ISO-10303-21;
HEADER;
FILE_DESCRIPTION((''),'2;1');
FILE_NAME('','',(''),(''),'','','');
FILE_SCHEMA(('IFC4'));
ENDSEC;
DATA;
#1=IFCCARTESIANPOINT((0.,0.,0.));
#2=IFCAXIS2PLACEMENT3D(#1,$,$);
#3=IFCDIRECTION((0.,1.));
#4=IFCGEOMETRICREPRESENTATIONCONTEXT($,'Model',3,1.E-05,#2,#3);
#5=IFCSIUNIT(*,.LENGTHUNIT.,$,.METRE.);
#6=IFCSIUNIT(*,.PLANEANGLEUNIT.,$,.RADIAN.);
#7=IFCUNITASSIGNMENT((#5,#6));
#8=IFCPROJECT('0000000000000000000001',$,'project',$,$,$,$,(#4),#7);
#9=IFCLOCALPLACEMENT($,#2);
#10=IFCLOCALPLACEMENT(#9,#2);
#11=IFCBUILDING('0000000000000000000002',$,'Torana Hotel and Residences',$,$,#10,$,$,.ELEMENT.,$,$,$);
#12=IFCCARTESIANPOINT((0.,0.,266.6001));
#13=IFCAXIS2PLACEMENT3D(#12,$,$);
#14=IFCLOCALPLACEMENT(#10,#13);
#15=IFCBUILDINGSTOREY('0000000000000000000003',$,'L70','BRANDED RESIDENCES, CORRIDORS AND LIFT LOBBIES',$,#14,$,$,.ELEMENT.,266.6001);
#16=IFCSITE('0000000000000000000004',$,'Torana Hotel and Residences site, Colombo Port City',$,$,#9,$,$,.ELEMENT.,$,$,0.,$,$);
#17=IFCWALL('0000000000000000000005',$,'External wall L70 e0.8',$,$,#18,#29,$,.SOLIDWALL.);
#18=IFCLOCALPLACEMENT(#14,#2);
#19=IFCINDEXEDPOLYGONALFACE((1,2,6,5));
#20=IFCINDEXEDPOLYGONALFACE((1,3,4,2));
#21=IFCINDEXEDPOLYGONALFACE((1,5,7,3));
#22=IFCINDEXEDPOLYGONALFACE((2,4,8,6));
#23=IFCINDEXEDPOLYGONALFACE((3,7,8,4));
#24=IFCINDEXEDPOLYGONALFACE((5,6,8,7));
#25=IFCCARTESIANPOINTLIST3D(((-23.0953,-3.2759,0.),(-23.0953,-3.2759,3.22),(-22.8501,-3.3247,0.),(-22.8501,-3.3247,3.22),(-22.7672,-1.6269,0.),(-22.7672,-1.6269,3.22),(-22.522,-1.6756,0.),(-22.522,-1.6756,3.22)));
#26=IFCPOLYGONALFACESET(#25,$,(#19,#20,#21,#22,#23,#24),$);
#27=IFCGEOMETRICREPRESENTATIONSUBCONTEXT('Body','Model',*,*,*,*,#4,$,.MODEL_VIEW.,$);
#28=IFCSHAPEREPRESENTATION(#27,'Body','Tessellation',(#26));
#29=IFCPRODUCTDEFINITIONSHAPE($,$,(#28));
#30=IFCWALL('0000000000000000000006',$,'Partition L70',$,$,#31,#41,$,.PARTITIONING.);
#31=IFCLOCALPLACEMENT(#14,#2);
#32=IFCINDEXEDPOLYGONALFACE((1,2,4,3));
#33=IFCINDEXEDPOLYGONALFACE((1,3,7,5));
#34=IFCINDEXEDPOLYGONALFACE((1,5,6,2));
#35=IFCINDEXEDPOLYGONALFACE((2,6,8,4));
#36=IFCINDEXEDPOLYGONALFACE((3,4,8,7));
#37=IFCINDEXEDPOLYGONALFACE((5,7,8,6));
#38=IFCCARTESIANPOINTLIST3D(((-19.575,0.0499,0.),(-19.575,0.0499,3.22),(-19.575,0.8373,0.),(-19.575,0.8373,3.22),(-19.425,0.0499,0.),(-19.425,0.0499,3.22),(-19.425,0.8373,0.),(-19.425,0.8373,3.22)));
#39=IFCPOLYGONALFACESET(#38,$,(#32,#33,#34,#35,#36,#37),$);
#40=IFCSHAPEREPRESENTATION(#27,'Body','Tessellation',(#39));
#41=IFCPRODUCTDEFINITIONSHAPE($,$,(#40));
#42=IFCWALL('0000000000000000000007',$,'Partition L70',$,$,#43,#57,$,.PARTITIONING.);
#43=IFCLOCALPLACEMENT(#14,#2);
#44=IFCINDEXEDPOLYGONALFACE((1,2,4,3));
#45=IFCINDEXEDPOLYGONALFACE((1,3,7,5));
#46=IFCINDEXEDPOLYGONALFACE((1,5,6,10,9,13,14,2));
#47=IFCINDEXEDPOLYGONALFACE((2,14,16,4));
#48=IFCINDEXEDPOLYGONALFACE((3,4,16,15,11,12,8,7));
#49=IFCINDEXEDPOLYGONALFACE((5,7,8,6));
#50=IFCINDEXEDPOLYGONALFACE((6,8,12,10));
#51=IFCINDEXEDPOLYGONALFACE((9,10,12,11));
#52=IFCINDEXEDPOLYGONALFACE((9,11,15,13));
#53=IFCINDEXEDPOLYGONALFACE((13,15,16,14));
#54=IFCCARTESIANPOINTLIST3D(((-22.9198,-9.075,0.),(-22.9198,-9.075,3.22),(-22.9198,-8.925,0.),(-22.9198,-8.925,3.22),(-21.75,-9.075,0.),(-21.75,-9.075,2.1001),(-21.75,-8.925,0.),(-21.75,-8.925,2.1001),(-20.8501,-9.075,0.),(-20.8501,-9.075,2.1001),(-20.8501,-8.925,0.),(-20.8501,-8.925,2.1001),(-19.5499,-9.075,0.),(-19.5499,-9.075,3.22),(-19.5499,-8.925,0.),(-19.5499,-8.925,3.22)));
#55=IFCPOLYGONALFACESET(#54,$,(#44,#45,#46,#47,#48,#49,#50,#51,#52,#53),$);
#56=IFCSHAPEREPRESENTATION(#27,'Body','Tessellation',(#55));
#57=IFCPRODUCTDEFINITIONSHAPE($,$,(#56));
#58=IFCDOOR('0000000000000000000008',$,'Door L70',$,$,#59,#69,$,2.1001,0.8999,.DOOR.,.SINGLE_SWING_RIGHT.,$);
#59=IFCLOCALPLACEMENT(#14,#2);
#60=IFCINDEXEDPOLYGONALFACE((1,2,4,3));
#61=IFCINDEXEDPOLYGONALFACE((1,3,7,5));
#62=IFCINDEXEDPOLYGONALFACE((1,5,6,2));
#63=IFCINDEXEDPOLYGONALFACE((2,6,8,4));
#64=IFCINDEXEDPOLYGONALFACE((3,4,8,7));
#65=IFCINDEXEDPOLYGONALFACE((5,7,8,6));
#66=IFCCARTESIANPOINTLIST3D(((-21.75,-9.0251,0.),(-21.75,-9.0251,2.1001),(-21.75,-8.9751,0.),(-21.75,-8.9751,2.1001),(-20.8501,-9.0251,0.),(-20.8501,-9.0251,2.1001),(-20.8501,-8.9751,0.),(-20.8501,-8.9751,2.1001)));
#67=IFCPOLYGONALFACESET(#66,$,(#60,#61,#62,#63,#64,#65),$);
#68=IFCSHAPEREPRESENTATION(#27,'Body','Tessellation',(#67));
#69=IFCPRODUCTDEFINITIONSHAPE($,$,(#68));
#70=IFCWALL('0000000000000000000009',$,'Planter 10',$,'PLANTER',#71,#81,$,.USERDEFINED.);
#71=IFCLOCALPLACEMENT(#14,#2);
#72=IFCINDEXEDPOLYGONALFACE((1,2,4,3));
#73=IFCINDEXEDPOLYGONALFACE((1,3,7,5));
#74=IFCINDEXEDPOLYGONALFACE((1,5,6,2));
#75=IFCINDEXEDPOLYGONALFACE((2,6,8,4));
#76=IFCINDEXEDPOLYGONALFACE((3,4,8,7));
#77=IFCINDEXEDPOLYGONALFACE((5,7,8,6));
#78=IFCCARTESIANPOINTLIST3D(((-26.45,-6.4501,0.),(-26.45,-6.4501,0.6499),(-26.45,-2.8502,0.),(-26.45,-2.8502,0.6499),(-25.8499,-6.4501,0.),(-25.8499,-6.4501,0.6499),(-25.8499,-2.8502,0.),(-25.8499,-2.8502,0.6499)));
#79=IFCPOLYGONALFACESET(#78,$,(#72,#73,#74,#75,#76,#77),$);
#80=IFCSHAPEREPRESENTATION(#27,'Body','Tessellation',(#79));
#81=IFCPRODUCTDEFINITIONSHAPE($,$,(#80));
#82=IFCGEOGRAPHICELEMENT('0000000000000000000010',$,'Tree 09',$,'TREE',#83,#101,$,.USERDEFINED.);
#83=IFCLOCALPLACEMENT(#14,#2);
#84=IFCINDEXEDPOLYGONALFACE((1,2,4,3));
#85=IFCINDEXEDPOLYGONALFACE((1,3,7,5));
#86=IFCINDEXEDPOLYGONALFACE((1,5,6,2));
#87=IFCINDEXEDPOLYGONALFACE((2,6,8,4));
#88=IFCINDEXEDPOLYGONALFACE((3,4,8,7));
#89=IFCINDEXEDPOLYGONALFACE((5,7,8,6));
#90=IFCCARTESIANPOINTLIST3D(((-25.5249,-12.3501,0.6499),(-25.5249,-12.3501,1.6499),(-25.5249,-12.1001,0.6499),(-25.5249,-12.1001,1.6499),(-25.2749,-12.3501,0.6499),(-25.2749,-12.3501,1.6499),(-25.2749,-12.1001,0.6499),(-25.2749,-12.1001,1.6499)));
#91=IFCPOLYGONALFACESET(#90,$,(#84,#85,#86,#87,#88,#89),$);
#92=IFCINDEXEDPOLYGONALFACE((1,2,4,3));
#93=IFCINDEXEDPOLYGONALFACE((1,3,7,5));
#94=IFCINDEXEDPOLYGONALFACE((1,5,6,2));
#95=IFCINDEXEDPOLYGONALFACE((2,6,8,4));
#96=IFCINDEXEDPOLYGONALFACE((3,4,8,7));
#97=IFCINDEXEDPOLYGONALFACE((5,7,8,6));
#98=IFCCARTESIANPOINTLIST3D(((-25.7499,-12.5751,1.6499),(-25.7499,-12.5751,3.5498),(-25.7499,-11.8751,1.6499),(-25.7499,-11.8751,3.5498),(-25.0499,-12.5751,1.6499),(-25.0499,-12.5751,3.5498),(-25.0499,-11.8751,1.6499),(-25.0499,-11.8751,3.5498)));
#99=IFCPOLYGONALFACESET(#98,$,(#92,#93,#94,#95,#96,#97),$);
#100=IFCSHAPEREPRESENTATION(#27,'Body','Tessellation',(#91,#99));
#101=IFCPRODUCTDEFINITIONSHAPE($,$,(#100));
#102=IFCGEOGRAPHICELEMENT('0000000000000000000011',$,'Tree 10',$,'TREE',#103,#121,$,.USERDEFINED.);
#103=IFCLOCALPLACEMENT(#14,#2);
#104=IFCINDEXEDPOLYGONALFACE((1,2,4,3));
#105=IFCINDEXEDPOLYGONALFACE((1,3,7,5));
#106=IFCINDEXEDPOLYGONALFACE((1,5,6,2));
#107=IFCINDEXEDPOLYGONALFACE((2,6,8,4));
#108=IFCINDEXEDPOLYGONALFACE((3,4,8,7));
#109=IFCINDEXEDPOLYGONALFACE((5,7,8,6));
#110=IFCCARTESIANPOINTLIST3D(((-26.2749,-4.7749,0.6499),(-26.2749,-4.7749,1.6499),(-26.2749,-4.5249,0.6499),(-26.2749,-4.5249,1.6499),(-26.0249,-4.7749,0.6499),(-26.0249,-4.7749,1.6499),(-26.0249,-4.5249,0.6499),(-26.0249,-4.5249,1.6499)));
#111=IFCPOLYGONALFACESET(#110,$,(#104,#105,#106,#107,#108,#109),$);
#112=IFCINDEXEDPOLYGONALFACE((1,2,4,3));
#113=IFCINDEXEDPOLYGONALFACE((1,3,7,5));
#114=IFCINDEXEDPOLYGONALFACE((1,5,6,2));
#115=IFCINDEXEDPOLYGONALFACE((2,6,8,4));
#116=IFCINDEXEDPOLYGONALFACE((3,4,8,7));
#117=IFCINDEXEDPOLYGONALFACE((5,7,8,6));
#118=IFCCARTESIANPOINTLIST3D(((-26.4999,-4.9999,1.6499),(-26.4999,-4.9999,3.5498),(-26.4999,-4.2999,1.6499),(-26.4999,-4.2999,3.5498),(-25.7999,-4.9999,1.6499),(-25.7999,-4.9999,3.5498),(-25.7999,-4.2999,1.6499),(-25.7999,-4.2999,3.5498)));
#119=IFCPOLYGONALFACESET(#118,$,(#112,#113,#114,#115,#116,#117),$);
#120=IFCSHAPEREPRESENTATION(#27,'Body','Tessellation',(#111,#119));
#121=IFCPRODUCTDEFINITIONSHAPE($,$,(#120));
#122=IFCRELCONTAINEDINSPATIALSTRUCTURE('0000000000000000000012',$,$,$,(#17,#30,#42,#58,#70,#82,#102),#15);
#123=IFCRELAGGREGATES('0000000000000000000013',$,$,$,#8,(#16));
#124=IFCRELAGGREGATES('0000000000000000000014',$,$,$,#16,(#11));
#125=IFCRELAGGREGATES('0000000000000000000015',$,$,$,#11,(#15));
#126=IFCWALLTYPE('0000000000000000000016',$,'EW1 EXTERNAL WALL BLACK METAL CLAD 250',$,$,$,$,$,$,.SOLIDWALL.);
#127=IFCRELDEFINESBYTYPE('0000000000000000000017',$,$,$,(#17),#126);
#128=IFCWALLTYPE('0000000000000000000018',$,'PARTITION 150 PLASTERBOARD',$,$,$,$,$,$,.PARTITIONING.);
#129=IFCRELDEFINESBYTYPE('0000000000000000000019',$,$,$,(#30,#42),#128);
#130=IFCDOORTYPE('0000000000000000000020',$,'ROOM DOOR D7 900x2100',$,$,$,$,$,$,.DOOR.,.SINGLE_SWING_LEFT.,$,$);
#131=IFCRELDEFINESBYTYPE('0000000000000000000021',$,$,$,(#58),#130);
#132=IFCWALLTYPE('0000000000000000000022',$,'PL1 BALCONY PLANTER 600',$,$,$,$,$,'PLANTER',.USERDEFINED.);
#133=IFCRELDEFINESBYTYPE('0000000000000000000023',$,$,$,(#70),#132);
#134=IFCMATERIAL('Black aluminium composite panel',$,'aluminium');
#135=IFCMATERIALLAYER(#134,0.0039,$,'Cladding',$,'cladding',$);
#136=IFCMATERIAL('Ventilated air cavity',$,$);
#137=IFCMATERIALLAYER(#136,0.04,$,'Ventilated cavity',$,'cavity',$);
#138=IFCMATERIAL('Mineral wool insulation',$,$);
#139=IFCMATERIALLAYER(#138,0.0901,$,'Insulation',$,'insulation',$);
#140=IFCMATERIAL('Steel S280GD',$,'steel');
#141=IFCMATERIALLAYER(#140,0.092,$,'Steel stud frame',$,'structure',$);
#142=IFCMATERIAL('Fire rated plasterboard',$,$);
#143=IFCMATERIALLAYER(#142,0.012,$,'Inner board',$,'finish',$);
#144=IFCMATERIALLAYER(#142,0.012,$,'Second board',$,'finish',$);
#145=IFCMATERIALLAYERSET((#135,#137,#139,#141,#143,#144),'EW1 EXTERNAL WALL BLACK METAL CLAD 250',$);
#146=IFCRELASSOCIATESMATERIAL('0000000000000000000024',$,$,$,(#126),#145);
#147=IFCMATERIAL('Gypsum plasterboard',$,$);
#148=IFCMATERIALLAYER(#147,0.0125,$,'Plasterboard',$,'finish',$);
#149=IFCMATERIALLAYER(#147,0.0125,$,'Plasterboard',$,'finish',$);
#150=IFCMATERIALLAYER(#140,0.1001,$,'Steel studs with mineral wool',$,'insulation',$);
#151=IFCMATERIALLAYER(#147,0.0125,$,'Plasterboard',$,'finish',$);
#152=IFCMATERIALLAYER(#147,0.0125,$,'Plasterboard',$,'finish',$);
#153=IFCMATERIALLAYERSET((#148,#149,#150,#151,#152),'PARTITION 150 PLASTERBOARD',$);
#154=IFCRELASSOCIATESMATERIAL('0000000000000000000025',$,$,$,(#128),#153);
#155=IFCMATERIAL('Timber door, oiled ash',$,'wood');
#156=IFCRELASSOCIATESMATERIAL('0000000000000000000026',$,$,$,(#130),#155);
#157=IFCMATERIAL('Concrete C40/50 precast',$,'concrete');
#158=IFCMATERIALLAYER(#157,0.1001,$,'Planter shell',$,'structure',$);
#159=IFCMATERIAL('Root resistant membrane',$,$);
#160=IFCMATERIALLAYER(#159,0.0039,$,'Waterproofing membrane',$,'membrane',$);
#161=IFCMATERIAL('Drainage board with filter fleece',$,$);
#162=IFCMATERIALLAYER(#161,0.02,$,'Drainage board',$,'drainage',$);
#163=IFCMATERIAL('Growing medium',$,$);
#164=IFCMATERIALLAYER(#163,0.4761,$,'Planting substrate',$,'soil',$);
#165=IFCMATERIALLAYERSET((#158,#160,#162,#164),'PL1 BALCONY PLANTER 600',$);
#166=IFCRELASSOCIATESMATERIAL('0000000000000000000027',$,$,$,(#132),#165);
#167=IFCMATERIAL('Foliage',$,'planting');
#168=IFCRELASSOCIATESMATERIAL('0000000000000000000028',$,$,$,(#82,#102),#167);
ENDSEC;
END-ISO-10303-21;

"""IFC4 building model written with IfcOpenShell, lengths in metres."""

from ifc_helpers import new_model, si_unit, direction, frame, frame_2d, origin, origin_2d, place, context, subcontext, project, spatial, rectangle, extrude, material, layer, layer_set, type_object, element, fill, save


model = new_model("IFC4")

# Units and contexts
model_context = context("Model", 3, precision=1e-05, world=origin(), true_north=direction((0.0, 1.0)))
body_context = subcontext(model_context, "Body", "Model", "MODEL_VIEW")
ifc_project = project(units=[si_unit("LENGTHUNIT", "METRE"), si_unit("PLANEANGLEUNIT", "RADIAN")], contexts=[model_context])

# Site, building, storey
site_placement = place(None, origin())
site = spatial("IfcSite", under=ifc_project, at=site_placement, Name="Torana Hotel and Residences site, Colombo Port City", CompositionType="ELEMENT", RefElevation=0.0)
building_placement = place(site_placement, origin())
building = spatial("IfcBuilding", under=site, at=building_placement, Name="Torana Hotel and Residences", CompositionType="ELEMENT")
storey_placement = place(building_placement, frame((0.0, 0.0, 266.6001)))
storey = spatial("IfcBuildingStorey", under=building, at=storey_placement, Name="L70", Description="BRANDED RESIDENCES, CORRIDORS AND LIFT LOBBIES", CompositionType="ELEMENT", Elevation=266.6001)

# Wall
ifc_material_1 = material(Name="Black aluminium composite panel", Category="aluminium")
ifc_layer_1 = layer(ifc_material_1, 0.0039, Name="Cladding", Category="cladding")
ifc_material_2 = material(Name="Ventilated air cavity")
ifc_layer_2 = layer(ifc_material_2, 0.04, Name="Ventilated cavity", Category="cavity")
ifc_material_3 = material(Name="Mineral wool insulation")
ifc_layer_3 = layer(ifc_material_3, 0.0901, Name="Insulation", Category="insulation")
ifc_material_4 = material(Name="Steel S280GD", Category="steel")
ifc_layer_4 = layer(ifc_material_4, 0.092, Name="Steel stud frame", Category="structure")
ifc_material_5 = material(Name="Fire rated plasterboard")
ifc_layer_5 = layer(ifc_material_5, 0.012, Name="Inner board", Category="finish")
ifc_layer_6 = layer(ifc_material_5, 0.012, Name="Second board", Category="finish")
ifc_layer_set_1 = layer_set([ifc_layer_1, ifc_layer_2, ifc_layer_3, ifc_layer_4, ifc_layer_5, ifc_layer_6], Name="EW1 EXTERNAL WALL BLACK METAL CLAD 250")
wall_type_1 = type_object("IfcWallType", Name="EW1 EXTERNAL WALL BLACK METAL CLAD 250", PredefinedType="SOLIDWALL", material=ifc_layer_set_1)
wall_1_placement = place(storey_placement, frame((-22.6445, -1.6511, 0.0), z_axis=(0.0, 0.0, 1.0), x_axis=(-0.195139, -0.980776, 0.0)))
element("IfcWall", 1, at=wall_1_placement, inside=storey, type_object=wall_type_1, Name="External wall L70 e0.8", PredefinedType="SOLIDWALL", context=body_context, shape_type="SweptSolid", body=[
    extrude(rectangle(XDim=1.6814, YDim=0.25, at=frame_2d((0.8408, 0.0))), origin(), (0.0, 0.0, 1.0), 3.22),
])

# Wall
ifc_material_6 = material(Name="Gypsum plasterboard")
ifc_layer_7 = layer(ifc_material_6, 0.0125, Name="Plasterboard", Category="finish")
ifc_layer_8 = layer(ifc_material_6, 0.0125, Name="Plasterboard", Category="finish")
ifc_layer_9 = layer(ifc_material_4, 0.1001, Name="Steel studs with mineral wool", Category="insulation")
ifc_layer_10 = layer(ifc_material_6, 0.0125, Name="Plasterboard", Category="finish")
ifc_layer_11 = layer(ifc_material_6, 0.0125, Name="Plasterboard", Category="finish")
ifc_layer_set_2 = layer_set([ifc_layer_7, ifc_layer_8, ifc_layer_9, ifc_layer_10, ifc_layer_11], Name="PARTITION 150 PLASTERBOARD")
wall_type_2 = type_object("IfcWallType", Name="PARTITION 150 PLASTERBOARD", PredefinedType="PARTITIONING", material=ifc_layer_set_2)
wall_2_placement = place(storey_placement, frame((-19.5, 0.05, 0.0), z_axis=(0.0, 0.0, 1.0), x_axis=(0.0, 1.0, 0.0)))
element("IfcWall", 2, at=wall_2_placement, inside=storey, type_object=wall_type_2, Name="Partition L70", PredefinedType="PARTITIONING", context=body_context, shape_type="SweptSolid", body=[
    extrude(rectangle(XDim=0.7874, YDim=0.1499, at=frame_2d((0.3936, 0.0))), origin(), (0.0, 0.0, 1.0), 3.22),
])

# Wall, opening, door
wall_3_placement = place(storey_placement, frame((-22.9199, -9.0, 0.0), z_axis=(0.0, 0.0, 1.0), x_axis=(1.0, 0.0, 0.0)))
wall_3 = element("IfcWall", 3, at=wall_3_placement, inside=storey, type_object=wall_type_2, Name="Partition L70", PredefinedType="PARTITIONING", context=body_context, shape_type="SweptSolid", body=[
    extrude(rectangle(XDim=3.3699, YDim=0.1499, at=frame_2d((1.6851, 0.0))), origin(), (0.0, 0.0, 1.0), 3.22),
])
opening_1_placement = place(wall_3_placement, frame((1.1699, 0.0, 0.0)))
opening_1 = element("IfcOpeningElement", 4, at=opening_1_placement, cuts=wall_3, PredefinedType="OPENING", context=body_context, shape_type="SweptSolid", body=[
    extrude(rectangle(XDim=0.8999, YDim=2.1001, at=frame_2d((0.45, 1.05))), frame((0.0, 0.085, 0.0), z_axis=(0.0, -1.0, 0.0), x_axis=(1.0, 0.0, 0.0)), (0.0, 0.0, 1.0), 0.1699),
])
ifc_material_7 = material(Name="Timber door, oiled ash", Category="wood")
door_type_1 = type_object("IfcDoorType", Name="ROOM DOOR D7 900x2100", OperationType="SINGLE_SWING_LEFT", PredefinedType="DOOR", material=ifc_material_7)
door_1_placement = place(opening_1_placement, origin())
door_1 = element("IfcDoor", 5, at=door_1_placement, inside=storey, type_object=door_type_1, Name="Door L70", OperationType="SINGLE_SWING_RIGHT", OverallHeight=2.1001, OverallWidth=0.8999, PredefinedType="DOOR", context=body_context, shape_type="SweptSolid", body=[
    extrude(rectangle(XDim=0.8999, YDim=2.1001, at=frame_2d((0.45, 1.05))), frame((0.0, 0.0249, 0.0), z_axis=(0.0, -1.0, 0.0), x_axis=(1.0, 0.0, 0.0)), (0.0, 0.0, 1.0), 0.05),
])
fill(opening_1, door_1)

# Wall
ifc_material_8 = material(Name="Concrete C40/50 precast", Category="concrete")
ifc_layer_12 = layer(ifc_material_8, 0.1001, Name="Planter shell", Category="structure")
ifc_material_9 = material(Name="Root resistant membrane")
ifc_layer_13 = layer(ifc_material_9, 0.0039, Name="Waterproofing membrane", Category="membrane")
ifc_material_10 = material(Name="Drainage board with filter fleece")
ifc_layer_14 = layer(ifc_material_10, 0.02, Name="Drainage board", Category="drainage")
ifc_material_11 = material(Name="Growing medium")
ifc_layer_15 = layer(ifc_material_11, 0.4761, Name="Planting substrate", Category="soil")
ifc_layer_set_3 = layer_set([ifc_layer_12, ifc_layer_13, ifc_layer_14, ifc_layer_15], Name="PL1 BALCONY PLANTER 600")
wall_type_3 = type_object("IfcWallType", Name="PL1 BALCONY PLANTER 600", ElementType="PLANTER", PredefinedType="USERDEFINED", material=ifc_layer_set_3)
wall_4_placement = place(storey_placement, frame((-26.1499, -6.45, 0.0), z_axis=(0.0, 0.0, 1.0), x_axis=(0.0, 1.0, 0.0)))
element("IfcWall", 6, at=wall_4_placement, inside=storey, type_object=wall_type_3, Name="Planter 10", ObjectType="PLANTER", PredefinedType="USERDEFINED", context=body_context, shape_type="SweptSolid", body=[
    extrude(rectangle(XDim=3.5999, YDim=0.6001, at=frame_2d((1.7998, 0.0))), origin(), (0.0, 0.0, 1.0), 0.6499),
])

# Geographic elements
ifc_material_12 = material(Name="Foliage", Category="planting")
for number, where, z_axis, x_axis, name in (
    (7, (-25.3999, -12.2251, 0.6499), (0.0, 0.0, 1.0), (1.0, 0.0, 0.0), "Tree 09"),
    (8, (-26.1499, -4.6499, 0.6499), (0.0, 0.0, 1.0), (1.0, 0.0, 0.0), "Tree 10"),
):
    element("IfcGeographicElement", number, at=place(storey_placement, frame(where, z_axis=z_axis, x_axis=x_axis)), inside=storey, material=ifc_material_12, Name=name, ObjectType="TREE", PredefinedType="USERDEFINED", context=body_context, shape_type="SweptSolid", body=[
        extrude(rectangle(XDim=0.25, YDim=0.25, at=origin_2d()), origin(), (0.0, 0.0, 1.0), 1.0),
        extrude(rectangle(XDim=0.7, YDim=0.7, at=origin_2d()), frame((0.0, 0.0, 1.0)), (0.0, 0.0, 1.0), 1.8999),
    ])

save(model, "model.ifc")
